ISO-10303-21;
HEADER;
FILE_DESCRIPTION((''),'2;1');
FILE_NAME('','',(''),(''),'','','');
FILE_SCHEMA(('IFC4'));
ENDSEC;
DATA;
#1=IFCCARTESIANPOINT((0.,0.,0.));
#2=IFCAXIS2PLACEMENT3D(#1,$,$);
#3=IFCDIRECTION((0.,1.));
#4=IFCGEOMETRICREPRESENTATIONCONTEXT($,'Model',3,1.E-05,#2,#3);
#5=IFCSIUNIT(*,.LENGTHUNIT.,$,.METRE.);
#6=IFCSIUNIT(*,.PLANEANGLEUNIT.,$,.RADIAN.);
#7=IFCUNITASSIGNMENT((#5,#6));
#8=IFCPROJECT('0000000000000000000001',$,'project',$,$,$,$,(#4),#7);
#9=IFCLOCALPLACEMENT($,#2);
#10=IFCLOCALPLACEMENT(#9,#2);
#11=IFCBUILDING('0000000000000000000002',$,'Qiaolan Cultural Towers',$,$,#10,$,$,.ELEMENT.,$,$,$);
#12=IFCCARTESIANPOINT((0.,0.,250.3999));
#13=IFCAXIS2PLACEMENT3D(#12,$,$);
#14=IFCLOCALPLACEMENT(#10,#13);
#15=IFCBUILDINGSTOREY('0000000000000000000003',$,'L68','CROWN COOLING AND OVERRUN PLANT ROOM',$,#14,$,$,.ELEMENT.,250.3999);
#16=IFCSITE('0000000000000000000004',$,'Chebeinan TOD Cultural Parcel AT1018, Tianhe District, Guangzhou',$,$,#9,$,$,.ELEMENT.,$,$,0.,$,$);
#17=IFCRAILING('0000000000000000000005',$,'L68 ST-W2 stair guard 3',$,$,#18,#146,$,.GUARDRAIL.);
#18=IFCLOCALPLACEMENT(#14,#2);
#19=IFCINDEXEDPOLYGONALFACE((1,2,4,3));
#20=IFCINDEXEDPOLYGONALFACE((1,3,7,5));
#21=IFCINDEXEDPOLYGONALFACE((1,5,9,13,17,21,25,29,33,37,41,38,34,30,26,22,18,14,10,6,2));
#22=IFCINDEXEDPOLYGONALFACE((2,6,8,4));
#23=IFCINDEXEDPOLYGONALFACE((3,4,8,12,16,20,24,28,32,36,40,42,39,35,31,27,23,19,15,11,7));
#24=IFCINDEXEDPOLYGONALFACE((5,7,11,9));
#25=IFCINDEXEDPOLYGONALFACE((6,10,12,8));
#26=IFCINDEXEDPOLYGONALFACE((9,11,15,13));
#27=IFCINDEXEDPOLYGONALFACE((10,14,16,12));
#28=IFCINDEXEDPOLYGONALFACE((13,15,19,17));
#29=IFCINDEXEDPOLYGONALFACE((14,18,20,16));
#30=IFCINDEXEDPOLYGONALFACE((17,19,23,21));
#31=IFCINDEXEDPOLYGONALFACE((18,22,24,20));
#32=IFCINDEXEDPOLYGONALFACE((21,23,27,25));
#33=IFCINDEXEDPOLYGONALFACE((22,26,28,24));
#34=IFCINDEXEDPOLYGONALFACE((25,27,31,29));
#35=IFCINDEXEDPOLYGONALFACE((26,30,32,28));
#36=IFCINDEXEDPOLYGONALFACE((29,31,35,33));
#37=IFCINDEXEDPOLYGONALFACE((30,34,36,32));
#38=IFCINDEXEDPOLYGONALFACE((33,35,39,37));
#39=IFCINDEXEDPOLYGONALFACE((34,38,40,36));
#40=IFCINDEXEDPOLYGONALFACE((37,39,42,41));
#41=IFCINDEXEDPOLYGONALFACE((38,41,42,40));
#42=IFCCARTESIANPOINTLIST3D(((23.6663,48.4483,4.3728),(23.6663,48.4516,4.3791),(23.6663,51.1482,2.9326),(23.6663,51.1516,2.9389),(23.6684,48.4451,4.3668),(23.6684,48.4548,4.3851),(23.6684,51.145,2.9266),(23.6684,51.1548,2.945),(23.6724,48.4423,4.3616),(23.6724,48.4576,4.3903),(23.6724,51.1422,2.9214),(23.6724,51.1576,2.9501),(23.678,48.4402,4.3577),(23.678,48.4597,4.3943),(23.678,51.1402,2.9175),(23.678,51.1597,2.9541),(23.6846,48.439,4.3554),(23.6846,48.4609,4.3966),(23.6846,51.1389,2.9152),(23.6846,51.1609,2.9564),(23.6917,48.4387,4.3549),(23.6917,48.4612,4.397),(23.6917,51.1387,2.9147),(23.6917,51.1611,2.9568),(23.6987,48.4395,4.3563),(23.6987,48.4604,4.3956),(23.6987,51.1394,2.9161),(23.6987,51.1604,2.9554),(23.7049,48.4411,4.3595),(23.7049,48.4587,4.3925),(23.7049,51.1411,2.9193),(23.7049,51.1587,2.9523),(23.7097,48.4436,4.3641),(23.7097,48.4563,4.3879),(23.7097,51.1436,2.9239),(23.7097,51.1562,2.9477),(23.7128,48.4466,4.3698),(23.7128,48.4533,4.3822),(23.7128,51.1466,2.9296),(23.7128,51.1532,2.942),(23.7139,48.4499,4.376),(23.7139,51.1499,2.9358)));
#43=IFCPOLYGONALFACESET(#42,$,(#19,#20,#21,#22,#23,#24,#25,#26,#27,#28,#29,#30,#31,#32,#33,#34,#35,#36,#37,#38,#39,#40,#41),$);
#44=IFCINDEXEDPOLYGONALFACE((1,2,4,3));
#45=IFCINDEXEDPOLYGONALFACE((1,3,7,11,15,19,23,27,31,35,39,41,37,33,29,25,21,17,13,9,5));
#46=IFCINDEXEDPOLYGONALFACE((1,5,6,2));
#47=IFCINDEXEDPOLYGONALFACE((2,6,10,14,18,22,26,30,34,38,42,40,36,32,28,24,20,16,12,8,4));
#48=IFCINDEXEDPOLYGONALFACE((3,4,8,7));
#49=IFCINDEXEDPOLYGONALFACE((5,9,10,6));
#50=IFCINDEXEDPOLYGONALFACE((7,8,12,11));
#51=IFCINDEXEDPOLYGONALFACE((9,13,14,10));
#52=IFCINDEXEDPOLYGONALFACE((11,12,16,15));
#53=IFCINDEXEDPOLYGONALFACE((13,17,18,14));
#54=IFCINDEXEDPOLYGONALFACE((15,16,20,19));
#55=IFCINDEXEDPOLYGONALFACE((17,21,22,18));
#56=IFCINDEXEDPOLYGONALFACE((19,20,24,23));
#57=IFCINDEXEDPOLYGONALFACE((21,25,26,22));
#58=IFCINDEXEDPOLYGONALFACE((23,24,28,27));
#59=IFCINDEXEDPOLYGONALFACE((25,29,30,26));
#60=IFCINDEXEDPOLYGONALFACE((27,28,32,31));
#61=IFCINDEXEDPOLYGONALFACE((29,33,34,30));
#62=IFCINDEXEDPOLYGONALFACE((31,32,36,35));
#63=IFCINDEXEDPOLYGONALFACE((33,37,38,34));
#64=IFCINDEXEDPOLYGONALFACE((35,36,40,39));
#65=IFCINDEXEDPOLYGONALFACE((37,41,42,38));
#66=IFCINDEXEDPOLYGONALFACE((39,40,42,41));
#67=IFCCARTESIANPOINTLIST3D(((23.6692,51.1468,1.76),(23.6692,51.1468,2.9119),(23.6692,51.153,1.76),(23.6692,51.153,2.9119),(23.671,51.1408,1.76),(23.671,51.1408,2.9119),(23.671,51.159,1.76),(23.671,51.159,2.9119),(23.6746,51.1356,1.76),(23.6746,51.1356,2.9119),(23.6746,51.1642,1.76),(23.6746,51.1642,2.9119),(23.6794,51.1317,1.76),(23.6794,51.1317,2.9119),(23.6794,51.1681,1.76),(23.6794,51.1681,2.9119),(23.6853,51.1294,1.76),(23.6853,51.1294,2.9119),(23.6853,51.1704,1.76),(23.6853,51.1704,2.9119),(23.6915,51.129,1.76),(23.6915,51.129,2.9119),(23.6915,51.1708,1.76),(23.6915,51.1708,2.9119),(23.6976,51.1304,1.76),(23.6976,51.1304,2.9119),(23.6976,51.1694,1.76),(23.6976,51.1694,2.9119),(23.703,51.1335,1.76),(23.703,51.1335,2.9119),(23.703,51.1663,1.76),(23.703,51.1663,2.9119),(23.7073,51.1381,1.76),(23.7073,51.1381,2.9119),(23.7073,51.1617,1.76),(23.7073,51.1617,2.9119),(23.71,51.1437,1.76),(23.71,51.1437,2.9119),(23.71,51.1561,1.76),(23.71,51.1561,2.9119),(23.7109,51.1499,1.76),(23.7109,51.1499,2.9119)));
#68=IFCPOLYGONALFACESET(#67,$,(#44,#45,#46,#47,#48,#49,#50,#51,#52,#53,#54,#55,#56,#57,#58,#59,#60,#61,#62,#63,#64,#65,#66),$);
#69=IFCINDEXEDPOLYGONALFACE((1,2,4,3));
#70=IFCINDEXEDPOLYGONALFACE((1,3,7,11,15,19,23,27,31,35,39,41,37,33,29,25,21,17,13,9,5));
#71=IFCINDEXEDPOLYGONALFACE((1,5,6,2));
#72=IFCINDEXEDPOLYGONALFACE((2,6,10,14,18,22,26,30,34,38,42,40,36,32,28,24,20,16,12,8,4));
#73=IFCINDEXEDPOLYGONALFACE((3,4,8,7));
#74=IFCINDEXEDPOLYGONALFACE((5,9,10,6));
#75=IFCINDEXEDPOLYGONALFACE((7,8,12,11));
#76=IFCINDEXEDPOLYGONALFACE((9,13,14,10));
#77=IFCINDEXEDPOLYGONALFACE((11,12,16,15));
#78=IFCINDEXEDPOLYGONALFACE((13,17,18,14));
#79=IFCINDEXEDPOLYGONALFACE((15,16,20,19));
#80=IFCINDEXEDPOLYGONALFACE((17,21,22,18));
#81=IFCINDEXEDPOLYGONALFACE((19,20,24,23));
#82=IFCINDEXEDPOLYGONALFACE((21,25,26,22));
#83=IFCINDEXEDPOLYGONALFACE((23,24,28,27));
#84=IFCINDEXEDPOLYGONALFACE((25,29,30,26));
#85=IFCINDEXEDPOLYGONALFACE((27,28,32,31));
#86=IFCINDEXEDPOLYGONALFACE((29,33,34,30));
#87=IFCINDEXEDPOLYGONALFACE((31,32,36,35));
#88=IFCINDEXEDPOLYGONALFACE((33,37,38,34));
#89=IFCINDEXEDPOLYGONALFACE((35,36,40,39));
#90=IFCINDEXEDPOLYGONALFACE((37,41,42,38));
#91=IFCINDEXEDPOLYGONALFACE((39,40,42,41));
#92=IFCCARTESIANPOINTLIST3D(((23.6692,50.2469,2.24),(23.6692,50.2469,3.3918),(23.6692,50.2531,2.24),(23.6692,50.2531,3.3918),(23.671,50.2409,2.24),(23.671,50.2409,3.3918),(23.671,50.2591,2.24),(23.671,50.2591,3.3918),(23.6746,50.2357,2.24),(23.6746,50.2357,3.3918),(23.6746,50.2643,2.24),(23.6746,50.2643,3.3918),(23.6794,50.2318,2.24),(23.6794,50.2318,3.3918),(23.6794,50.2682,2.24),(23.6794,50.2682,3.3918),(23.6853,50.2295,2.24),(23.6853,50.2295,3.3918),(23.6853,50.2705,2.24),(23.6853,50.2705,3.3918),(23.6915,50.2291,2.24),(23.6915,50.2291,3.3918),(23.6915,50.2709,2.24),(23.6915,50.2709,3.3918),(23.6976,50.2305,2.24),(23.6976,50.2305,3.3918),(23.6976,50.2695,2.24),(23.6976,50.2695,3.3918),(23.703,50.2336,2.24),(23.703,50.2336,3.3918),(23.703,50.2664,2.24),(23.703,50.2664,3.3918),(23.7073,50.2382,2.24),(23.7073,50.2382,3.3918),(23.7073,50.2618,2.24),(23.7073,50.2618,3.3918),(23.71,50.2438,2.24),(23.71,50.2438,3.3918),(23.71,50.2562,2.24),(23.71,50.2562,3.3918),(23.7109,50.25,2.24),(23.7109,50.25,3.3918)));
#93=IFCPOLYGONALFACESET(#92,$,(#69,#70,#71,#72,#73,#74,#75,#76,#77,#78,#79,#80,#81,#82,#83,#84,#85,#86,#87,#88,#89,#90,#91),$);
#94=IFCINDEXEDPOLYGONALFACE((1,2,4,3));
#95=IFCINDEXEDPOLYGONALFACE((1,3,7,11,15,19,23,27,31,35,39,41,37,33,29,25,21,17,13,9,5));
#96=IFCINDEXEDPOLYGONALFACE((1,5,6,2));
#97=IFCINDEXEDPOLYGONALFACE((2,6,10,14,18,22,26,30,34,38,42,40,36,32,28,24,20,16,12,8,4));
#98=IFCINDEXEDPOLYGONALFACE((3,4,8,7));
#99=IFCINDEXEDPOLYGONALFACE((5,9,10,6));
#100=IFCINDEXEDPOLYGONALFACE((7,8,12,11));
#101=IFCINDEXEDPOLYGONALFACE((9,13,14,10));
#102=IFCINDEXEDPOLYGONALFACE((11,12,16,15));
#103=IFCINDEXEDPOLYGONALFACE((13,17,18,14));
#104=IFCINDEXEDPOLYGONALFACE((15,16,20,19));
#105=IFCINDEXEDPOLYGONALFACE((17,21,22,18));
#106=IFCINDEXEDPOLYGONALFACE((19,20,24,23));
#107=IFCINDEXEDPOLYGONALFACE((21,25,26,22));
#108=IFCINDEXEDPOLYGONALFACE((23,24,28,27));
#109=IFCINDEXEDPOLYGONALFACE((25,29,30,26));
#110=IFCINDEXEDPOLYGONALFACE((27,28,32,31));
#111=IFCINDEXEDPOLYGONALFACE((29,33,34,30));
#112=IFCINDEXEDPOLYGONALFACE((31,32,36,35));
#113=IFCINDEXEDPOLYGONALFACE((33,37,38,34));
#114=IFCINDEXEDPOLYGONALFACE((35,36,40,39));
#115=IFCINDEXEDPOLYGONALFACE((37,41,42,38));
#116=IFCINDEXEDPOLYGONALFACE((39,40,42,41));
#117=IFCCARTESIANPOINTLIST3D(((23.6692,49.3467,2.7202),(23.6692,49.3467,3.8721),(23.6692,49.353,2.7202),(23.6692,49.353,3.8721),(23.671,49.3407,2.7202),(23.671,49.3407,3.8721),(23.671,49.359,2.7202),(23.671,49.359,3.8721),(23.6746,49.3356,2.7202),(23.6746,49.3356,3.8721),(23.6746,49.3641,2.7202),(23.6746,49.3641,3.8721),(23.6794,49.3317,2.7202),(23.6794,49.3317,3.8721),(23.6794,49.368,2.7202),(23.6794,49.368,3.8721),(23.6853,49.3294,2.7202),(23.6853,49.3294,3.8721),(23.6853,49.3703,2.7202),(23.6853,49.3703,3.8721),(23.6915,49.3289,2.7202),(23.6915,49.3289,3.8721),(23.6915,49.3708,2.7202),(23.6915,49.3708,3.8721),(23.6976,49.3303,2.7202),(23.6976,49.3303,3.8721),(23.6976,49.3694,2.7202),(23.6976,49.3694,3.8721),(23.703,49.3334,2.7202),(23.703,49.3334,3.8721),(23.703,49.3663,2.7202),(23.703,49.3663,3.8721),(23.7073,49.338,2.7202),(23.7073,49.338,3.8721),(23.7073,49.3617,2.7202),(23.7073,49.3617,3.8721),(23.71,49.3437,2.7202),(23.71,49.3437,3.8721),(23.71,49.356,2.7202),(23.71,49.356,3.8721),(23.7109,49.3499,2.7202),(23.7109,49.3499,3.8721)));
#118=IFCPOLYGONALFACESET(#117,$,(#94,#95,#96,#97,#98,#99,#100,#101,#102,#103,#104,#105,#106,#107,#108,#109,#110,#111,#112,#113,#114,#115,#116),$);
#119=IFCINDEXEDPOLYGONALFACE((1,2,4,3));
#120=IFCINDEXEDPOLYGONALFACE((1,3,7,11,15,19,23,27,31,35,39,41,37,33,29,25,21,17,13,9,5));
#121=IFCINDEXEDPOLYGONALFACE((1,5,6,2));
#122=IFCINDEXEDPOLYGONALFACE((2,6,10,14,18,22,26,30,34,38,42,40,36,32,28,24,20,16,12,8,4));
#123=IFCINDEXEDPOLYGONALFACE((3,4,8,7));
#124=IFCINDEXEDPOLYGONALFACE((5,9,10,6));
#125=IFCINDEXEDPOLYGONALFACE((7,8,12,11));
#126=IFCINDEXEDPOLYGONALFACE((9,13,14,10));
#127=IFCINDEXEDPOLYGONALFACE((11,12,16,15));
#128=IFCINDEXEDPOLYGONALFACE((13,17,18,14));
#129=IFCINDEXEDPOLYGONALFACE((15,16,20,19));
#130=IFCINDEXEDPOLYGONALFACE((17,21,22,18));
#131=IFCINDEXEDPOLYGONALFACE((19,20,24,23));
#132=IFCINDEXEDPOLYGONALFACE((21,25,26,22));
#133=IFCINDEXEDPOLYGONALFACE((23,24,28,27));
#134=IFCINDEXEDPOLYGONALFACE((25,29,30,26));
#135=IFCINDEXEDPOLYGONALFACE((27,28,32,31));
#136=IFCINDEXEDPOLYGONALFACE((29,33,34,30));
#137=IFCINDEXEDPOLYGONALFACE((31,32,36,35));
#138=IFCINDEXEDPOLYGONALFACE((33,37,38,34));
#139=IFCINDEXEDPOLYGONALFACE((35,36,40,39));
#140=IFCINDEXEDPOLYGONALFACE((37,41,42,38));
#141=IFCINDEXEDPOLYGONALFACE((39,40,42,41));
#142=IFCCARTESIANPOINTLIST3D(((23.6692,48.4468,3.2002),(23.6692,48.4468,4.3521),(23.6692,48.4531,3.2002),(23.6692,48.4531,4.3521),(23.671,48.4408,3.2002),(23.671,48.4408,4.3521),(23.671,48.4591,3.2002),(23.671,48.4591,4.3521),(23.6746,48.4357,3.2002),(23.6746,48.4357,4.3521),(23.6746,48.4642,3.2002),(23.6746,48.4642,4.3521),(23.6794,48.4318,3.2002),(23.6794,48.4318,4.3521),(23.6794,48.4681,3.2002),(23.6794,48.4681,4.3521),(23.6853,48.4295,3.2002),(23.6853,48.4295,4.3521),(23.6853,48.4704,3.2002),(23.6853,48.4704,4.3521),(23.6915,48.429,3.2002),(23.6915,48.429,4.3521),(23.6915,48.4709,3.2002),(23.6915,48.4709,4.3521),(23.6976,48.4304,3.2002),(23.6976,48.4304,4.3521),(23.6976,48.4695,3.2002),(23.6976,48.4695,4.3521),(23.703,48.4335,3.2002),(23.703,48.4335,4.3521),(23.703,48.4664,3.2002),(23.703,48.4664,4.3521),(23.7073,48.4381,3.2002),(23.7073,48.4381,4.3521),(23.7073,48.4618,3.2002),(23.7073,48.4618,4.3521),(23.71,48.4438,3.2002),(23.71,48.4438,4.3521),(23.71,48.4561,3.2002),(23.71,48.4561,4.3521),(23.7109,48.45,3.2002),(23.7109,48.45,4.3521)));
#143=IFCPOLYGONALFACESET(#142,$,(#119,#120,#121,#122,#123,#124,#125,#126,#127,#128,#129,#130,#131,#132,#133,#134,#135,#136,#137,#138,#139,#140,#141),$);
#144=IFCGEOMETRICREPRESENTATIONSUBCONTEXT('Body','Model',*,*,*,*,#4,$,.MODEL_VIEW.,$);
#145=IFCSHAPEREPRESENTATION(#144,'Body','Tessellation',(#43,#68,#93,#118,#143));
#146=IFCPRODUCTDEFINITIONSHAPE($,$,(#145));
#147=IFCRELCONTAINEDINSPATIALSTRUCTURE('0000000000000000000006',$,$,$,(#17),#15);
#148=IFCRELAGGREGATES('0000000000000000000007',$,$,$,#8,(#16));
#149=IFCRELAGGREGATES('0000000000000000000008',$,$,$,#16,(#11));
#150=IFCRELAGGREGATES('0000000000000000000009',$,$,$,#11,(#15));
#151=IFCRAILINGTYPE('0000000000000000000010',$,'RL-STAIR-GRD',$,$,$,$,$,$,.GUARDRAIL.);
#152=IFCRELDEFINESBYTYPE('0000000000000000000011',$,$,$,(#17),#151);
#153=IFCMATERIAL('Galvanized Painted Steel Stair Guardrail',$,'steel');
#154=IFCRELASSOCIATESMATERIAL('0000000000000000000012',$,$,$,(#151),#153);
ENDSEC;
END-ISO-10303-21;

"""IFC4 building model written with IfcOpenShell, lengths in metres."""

from ifc_helpers import new_model, si_unit, direction, frame, origin, origin_2d, place, context, subcontext, project, spatial, circle, extrude, material, type_object, element, save


model = new_model("IFC4")

# Units and contexts
model_context = context("Model", 3, precision=1e-05, world=origin(), true_north=direction((0.0, 1.0)))
body_context = subcontext(model_context, "Body", "Model", "MODEL_VIEW")
ifc_project = project(units=[si_unit("LENGTHUNIT", "METRE"), si_unit("PLANEANGLEUNIT", "RADIAN")], contexts=[model_context])

# Site, building, storey
site_placement = place(None, origin())
site = spatial("IfcSite", under=ifc_project, at=site_placement, Name="Chebeinan TOD Cultural Parcel AT1018, Tianhe District, Guangzhou", CompositionType="ELEMENT", RefElevation=0.0)
building_placement = place(site_placement, origin())
building = spatial("IfcBuilding", under=site, at=building_placement, Name="Qiaolan Cultural Towers", CompositionType="ELEMENT")
storey_placement = place(building_placement, frame((0.0, 0.0, 250.3999)))
storey = spatial("IfcBuildingStorey", under=building, at=storey_placement, Name="L68", Description="CROWN COOLING AND OVERRUN PLANT ROOM", CompositionType="ELEMENT", Elevation=250.3999)

# Railing
ifc_material_1 = material(Name="Galvanized Painted Steel Stair Guardrail", Category="steel")
railing_type_1 = type_object("IfcRailingType", Name="RL-STAIR-GRD", PredefinedType="GUARDRAIL", material=ifc_material_1)
railing_1_placement = place(storey_placement, frame((23.6899, 51.1499, 1.76)))
element("IfcRailing", 1, at=railing_1_placement, inside=storey, type_object=railing_type_1, Name="L68 ST-W2 stair guard 3", PredefinedType="GUARDRAIL", context=body_context, shape_type="SweptSolid", body=[
    extrude(circle(Radius=0.0239, at=origin_2d()), frame((0.0, 0.0, 1.1758), z_axis=(0.0, -0.882324, 0.470642), x_axis=(1.0, 0.0, 0.0)), (0.0, 0.0, 1.0), 3.0601),
    extrude(circle(Radius=0.021, at=origin_2d()), origin(), (0.0, 0.0, 1.0), 1.1519),
    extrude(circle(Radius=0.021, at=origin_2d()), frame((0.0, -0.8999, 0.48)), (0.0, 0.0, 1.0), 1.1519),
    extrude(circle(Radius=0.021, at=origin_2d()), frame((0.0, -1.8, 0.9602)), (0.0, 0.0, 1.0), 1.1519),
    extrude(circle(Radius=0.021, at=origin_2d()), frame((0.0, -2.7, 1.4402)), (0.0, 0.0, 1.0), 1.1519),
])

save(model, "model.ifc")
